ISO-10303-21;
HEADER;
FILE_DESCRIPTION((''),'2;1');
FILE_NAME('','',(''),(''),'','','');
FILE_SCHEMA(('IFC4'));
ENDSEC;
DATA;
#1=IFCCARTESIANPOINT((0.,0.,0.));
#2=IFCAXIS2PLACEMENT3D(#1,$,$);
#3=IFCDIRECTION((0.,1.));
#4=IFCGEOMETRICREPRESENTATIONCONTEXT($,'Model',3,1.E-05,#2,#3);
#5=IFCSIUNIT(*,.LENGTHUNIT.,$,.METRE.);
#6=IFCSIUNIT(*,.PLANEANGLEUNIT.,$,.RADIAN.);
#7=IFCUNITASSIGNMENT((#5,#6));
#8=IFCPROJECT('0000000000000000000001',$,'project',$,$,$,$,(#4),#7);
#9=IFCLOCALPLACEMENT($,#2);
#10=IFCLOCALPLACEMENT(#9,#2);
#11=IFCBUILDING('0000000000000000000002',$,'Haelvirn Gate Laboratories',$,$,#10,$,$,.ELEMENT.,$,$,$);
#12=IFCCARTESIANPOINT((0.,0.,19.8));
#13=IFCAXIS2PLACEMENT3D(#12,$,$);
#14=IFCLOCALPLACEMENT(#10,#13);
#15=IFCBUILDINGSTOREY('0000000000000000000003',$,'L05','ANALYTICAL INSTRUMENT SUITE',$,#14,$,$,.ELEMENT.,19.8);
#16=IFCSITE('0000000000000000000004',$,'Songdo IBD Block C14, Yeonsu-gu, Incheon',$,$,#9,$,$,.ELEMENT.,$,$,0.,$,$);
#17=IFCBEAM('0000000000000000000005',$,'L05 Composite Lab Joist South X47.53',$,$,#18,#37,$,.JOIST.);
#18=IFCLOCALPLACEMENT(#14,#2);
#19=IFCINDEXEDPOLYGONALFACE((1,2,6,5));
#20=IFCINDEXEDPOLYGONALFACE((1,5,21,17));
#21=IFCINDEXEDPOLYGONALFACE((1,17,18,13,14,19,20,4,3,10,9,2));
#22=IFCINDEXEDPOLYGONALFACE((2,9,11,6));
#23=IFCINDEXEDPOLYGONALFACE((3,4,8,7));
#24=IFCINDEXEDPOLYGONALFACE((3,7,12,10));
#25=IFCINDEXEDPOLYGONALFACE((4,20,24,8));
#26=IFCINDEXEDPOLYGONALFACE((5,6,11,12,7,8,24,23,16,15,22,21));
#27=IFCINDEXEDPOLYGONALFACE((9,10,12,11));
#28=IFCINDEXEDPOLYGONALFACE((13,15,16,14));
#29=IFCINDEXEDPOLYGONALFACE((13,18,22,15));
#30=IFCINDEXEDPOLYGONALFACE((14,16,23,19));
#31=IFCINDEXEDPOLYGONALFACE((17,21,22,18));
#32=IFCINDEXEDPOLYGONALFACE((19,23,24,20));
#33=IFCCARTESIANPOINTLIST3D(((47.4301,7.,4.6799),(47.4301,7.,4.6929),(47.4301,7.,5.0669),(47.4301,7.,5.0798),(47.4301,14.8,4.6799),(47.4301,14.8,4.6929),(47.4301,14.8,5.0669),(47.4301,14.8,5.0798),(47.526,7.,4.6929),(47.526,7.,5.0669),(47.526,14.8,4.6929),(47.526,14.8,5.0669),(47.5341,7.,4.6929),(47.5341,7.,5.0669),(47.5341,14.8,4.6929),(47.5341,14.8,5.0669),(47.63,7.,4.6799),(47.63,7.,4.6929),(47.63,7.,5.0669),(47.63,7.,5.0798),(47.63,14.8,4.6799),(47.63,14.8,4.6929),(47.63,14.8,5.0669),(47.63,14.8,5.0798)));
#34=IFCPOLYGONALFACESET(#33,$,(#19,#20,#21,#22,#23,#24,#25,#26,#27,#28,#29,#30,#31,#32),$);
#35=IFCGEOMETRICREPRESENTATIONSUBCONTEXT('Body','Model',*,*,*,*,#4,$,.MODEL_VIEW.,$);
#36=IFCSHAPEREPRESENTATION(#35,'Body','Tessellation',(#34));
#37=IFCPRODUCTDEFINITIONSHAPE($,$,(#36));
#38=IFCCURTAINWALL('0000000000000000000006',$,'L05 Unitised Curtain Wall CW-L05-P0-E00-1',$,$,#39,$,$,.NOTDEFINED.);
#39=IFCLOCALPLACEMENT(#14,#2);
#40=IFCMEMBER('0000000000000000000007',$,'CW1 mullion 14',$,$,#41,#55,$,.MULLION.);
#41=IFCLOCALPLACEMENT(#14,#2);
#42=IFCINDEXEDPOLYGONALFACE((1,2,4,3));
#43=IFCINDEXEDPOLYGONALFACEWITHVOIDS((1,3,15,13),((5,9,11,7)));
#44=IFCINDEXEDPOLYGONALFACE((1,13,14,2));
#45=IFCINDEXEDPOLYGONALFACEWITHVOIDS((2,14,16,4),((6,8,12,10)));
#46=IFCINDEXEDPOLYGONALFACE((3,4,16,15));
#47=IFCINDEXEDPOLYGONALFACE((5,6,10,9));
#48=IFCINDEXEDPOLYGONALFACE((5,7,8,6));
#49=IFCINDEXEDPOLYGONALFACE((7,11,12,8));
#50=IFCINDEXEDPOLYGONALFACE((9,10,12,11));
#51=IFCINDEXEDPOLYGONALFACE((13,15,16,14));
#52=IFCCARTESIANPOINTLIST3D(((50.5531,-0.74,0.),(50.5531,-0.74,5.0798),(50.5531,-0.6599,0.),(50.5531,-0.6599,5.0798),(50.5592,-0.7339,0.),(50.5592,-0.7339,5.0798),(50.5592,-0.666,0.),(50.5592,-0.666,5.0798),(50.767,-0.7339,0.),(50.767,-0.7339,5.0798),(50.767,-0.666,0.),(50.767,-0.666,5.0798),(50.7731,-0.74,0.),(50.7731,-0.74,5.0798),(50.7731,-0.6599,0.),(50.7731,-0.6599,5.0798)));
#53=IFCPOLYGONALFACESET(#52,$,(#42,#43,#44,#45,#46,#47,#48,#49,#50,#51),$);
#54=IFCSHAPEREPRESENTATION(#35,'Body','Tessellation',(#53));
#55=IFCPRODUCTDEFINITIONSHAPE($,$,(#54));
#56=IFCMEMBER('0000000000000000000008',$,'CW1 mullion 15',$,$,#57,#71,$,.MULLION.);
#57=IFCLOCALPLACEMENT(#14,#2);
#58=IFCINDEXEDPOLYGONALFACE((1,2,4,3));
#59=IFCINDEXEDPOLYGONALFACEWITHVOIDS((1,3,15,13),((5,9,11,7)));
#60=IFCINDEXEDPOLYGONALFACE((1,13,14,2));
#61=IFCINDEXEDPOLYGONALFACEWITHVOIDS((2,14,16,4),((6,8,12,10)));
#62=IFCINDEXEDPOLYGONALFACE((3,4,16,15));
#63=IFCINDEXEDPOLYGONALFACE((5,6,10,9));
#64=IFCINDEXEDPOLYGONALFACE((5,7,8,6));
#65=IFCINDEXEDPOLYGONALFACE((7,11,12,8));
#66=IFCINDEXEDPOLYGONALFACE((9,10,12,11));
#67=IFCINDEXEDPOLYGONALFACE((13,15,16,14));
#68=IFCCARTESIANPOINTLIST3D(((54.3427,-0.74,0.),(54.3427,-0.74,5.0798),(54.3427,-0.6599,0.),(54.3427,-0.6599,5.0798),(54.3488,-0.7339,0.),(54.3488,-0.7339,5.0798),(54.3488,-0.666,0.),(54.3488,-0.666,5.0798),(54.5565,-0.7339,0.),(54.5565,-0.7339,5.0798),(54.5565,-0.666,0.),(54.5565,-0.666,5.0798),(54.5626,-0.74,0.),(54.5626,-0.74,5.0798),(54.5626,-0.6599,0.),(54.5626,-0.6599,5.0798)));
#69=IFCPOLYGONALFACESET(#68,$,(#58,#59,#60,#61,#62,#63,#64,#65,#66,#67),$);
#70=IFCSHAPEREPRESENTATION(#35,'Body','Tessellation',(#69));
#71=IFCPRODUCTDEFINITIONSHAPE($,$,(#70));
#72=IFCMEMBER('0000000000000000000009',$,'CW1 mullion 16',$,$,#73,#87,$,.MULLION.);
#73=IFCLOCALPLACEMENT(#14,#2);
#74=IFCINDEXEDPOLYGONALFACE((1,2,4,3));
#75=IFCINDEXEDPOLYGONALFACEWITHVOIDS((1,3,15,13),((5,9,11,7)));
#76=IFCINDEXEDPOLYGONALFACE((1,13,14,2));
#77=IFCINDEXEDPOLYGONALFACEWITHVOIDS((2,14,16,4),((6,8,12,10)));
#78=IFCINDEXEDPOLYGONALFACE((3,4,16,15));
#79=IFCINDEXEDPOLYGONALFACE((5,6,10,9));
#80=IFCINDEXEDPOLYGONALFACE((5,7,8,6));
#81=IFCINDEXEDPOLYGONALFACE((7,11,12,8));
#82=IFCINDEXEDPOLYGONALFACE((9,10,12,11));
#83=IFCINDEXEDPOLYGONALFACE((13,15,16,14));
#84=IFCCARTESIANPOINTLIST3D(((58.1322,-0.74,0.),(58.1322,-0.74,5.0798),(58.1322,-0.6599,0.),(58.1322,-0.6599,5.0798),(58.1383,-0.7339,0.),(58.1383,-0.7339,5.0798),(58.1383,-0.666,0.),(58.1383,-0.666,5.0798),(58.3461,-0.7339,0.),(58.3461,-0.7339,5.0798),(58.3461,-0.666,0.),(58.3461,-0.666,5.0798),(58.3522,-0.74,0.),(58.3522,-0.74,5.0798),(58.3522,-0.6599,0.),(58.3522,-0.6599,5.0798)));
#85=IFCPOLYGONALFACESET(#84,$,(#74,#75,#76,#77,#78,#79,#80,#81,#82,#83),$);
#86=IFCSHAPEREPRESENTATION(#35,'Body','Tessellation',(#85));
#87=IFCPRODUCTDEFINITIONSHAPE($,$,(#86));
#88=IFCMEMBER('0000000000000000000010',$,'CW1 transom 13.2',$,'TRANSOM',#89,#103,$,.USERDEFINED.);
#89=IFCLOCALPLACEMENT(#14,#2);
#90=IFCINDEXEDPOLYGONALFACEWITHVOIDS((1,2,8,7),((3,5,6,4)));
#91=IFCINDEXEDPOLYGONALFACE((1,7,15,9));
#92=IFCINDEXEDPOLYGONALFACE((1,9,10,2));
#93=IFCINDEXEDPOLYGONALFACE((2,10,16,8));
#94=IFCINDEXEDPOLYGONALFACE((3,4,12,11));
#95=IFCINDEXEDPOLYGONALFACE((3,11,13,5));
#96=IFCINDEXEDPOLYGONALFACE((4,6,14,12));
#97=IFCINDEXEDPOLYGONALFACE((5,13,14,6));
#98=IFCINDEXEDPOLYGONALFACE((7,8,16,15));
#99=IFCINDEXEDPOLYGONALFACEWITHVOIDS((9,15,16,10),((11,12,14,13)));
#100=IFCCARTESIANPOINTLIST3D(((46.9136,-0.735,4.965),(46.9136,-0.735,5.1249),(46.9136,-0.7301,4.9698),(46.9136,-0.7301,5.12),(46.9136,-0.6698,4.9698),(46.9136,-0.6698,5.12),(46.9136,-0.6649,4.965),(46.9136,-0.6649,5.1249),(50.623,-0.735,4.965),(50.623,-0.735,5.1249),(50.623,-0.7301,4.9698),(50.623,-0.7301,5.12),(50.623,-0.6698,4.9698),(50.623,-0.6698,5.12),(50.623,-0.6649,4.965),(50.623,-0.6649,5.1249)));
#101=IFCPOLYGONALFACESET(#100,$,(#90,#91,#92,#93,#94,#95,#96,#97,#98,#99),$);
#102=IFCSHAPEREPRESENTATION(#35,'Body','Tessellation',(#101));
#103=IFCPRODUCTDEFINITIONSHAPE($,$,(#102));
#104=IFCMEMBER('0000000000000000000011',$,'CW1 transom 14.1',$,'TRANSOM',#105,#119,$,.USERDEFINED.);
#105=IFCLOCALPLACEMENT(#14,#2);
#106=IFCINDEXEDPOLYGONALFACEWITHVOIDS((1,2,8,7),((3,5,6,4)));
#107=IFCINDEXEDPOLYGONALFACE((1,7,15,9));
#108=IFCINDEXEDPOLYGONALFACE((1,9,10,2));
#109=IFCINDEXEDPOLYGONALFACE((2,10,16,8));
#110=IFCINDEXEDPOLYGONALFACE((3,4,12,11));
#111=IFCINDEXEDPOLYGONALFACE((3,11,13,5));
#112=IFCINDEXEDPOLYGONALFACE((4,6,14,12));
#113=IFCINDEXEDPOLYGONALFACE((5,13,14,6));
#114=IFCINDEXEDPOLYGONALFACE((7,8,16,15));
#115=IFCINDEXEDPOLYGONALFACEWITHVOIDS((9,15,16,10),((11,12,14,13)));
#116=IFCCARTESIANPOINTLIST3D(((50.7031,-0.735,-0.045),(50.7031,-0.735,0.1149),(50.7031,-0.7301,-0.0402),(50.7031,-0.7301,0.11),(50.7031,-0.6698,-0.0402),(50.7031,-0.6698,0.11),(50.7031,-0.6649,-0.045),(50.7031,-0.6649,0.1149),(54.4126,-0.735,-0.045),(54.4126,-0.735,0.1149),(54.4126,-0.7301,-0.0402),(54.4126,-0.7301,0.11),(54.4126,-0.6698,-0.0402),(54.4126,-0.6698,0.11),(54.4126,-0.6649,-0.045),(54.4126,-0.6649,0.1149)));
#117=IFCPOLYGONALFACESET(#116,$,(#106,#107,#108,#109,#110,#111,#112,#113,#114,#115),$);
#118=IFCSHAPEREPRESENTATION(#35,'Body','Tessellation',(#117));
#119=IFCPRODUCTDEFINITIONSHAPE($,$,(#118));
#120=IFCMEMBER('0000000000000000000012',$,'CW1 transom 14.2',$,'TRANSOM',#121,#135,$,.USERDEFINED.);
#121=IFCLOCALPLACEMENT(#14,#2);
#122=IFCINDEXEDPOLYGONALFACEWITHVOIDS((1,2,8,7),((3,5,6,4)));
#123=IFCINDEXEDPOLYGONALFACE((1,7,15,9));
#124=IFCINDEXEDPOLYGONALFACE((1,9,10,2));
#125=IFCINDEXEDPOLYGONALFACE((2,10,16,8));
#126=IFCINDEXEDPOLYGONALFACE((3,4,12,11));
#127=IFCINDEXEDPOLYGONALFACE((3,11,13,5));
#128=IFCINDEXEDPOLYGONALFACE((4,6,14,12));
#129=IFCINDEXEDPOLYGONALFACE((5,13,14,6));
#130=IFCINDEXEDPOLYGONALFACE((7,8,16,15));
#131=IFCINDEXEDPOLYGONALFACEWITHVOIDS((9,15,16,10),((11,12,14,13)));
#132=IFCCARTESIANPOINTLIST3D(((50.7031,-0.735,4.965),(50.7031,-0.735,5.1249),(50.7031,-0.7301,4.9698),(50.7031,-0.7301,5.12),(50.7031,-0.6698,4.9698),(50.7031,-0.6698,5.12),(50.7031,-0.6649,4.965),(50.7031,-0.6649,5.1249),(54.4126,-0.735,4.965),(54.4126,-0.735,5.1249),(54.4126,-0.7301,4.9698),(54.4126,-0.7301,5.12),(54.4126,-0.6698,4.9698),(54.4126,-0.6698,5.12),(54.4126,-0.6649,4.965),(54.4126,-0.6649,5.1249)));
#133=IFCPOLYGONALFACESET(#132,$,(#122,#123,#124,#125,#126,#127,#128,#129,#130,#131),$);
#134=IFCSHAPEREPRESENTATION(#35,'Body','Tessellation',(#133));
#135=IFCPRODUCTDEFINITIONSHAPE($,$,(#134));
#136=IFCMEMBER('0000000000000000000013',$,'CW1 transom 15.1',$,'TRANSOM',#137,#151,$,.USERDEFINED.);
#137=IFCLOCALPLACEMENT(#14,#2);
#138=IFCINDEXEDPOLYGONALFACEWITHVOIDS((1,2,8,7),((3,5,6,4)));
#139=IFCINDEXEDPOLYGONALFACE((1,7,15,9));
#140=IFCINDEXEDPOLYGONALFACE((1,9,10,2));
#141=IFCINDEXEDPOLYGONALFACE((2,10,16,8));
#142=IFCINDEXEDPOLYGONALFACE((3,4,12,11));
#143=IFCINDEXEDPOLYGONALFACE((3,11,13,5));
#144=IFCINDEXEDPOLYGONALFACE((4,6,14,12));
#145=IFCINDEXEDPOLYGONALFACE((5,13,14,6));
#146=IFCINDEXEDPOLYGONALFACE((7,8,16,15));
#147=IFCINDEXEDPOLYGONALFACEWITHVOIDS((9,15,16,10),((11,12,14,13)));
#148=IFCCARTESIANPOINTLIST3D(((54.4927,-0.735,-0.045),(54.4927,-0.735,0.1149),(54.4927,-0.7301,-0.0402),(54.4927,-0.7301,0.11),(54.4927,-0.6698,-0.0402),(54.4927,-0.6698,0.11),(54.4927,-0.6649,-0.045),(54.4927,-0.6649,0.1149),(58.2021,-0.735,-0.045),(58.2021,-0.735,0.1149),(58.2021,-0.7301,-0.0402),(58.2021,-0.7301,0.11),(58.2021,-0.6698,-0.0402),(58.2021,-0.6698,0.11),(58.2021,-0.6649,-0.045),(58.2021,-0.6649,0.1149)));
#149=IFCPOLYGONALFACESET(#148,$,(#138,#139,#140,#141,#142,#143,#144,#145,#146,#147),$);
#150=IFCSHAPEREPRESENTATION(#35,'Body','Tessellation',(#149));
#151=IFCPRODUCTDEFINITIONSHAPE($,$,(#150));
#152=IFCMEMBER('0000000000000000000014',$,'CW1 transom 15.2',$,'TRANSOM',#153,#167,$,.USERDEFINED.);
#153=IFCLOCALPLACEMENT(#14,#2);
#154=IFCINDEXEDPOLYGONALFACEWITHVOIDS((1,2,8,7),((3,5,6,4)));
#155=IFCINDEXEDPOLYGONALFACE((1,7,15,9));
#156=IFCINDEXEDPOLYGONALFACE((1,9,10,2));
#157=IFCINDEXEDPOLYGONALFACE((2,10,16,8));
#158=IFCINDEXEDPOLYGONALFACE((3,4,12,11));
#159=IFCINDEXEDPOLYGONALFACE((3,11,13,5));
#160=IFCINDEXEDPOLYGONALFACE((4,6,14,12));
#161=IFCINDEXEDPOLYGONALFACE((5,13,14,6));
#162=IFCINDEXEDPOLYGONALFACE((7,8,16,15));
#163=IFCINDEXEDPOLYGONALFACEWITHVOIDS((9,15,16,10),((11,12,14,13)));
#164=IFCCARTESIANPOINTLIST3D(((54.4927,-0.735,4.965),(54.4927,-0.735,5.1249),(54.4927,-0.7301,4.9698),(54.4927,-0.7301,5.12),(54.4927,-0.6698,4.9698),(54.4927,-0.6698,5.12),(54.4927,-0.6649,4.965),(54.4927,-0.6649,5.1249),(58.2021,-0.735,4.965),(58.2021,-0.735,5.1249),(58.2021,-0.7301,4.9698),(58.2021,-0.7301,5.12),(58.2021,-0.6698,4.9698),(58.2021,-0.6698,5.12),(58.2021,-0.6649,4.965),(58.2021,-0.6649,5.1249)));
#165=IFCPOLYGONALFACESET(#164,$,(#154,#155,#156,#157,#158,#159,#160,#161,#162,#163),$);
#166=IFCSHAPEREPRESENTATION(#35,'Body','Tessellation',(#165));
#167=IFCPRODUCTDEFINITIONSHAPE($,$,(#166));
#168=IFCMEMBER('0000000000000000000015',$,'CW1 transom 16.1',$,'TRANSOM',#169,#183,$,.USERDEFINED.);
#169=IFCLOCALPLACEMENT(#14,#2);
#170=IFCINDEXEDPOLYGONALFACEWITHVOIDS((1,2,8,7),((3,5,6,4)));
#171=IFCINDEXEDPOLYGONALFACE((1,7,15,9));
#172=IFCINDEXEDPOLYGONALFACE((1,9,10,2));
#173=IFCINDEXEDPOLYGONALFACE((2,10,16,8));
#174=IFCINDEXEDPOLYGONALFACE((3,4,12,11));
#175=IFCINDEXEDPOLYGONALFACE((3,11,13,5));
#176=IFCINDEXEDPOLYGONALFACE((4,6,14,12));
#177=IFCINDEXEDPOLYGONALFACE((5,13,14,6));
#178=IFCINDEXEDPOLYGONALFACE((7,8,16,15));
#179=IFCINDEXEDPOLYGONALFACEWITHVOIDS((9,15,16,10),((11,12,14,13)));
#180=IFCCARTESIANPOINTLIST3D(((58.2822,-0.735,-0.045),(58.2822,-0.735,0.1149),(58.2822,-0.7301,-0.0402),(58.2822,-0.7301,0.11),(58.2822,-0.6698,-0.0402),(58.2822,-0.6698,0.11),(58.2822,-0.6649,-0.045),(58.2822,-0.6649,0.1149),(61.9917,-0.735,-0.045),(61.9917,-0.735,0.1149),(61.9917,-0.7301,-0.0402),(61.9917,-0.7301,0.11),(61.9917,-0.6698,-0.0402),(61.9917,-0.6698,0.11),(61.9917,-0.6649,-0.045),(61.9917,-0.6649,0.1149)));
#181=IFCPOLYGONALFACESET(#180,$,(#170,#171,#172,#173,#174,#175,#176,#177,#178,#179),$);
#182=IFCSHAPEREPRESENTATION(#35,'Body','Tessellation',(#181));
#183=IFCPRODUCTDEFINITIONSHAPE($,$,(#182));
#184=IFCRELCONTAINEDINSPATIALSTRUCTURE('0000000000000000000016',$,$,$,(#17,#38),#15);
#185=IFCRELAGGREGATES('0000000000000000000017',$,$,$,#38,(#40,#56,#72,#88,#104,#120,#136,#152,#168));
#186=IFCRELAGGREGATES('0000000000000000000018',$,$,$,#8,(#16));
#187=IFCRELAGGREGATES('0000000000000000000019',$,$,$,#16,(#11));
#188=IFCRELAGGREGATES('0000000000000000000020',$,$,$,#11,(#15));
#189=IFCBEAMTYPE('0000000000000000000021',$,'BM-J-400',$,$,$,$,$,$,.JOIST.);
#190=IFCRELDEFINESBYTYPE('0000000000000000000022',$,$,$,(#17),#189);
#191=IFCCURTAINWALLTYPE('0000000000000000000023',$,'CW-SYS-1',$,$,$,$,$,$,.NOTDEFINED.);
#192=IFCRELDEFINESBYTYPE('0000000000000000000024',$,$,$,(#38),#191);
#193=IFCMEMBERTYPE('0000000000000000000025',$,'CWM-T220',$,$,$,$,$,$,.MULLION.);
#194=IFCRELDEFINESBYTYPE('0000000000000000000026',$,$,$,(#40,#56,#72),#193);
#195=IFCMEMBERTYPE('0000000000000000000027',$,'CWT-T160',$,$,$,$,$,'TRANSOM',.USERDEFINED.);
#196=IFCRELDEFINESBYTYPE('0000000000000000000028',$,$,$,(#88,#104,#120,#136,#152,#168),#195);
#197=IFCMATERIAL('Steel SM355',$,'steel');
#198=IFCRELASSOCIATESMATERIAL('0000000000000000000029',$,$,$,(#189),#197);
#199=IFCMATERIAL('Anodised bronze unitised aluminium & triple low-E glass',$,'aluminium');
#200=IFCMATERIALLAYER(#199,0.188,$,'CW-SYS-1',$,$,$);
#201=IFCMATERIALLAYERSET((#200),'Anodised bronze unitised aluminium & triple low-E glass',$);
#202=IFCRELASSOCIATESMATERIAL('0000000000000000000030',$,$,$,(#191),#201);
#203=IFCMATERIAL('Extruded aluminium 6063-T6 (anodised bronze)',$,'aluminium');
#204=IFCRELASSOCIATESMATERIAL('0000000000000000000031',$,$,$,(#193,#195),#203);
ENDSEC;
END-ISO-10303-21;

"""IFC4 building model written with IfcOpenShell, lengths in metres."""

from ifc_helpers import new_model, si_unit, direction, frame, origin, origin_2d, place, context, subcontext, project, spatial, hollow_rectangle, i_section, extrude, source, transform, mapped, material, layer, layer_set, material_profile, profile_set, type_object, type_shapes, element, aggregate, save


model = new_model("IFC4")

# Units and contexts
model_context = context("Model", 3, precision=1e-05, world=origin(), true_north=direction((0.0, 1.0)))
body_context = subcontext(model_context, "Body", "Model", "MODEL_VIEW")
ifc_project = project(units=[si_unit("LENGTHUNIT", "METRE"), si_unit("PLANEANGLEUNIT", "RADIAN")], contexts=[model_context])

# Site, building, storey
site_placement = place(None, origin())
site = spatial("IfcSite", under=ifc_project, at=site_placement, Name="Songdo IBD Block C14, Yeonsu-gu, Incheon", CompositionType="ELEMENT", RefElevation=0.0)
building_placement = place(site_placement, origin())
building = spatial("IfcBuilding", under=site, at=building_placement, Name="Haelvirn Gate Laboratories", CompositionType="ELEMENT")
storey_placement = place(building_placement, frame((0.0, 0.0, 19.8)))
storey = spatial("IfcBuildingStorey", under=building, at=storey_placement, Name="L05", Description="ANALYTICAL INSTRUMENT SUITE", CompositionType="ELEMENT", Elevation=19.8)

# Beam
ifc_material_1 = material(Name="Steel SM355", Category="steel")
ifc_material_profile_1 = material_profile(ifc_material_1, i_section(OverallWidth=0.2, OverallDepth=0.3999, WebThickness=0.0081, FlangeThickness=0.0129, at=origin_2d()), Name="H-400x200x8x13")
ifc_profile_set_1 = profile_set([ifc_material_profile_1], Name="Steel SM355")
beam_type = type_object("IfcBeamType", Name="BM-J-400", PredefinedType="JOIST", material=ifc_profile_set_1)
shared_shape_1 = source(origin(), body_context, "Body", "SweptSolid", [
    extrude(i_section(OverallWidth=0.2, OverallDepth=0.3999, WebThickness=0.0081, FlangeThickness=0.0129, at=origin_2d()), origin(), (0.0, 0.0, 1.0), 7.8),
])
type_shapes(beam_type, [shared_shape_1])
beam_placement = place(storey_placement, frame((47.53, 7.0, 4.8799), z_axis=(0.0, 1.0, 0.0), x_axis=(-1.0, 0.0, 0.0)))
element("IfcBeam", 1, at=beam_placement, inside=storey, type_object=beam_type, Name="L05 Composite Lab Joist South X47.53", PredefinedType="JOIST", context=body_context, shape_type="MappedRepresentation", body=[
    mapped(shared_shape_1, transform((0.0, 0.0, 0.0), scale=1.0)),
])

# Curtain wall, members
ifc_material_2 = material(Name="Anodised bronze unitised aluminium & triple low-E glass", Category="aluminium")
ifc_layer_1 = layer(ifc_material_2, 0.188, Name="CW-SYS-1")
ifc_layer_set_1 = layer_set([ifc_layer_1], Name="Anodised bronze unitised aluminium & triple low-E glass")
curtain_wall_type = type_object("IfcCurtainWallType", Name="CW-SYS-1", PredefinedType="NOTDEFINED", material=ifc_layer_set_1)
curtain_wall_placement = place(storey_placement, origin())
curtain_wall = element("IfcCurtainWall", 2, at=curtain_wall_placement, inside=storey, type_object=curtain_wall_type, Name="L05 Unitised Curtain Wall CW-L05-P0-E00-1", PredefinedType="NOTDEFINED")
ifc_material_3 = material(Name="Extruded aluminium 6063-T6 (anodised bronze)", Category="aluminium")
ifc_material_profile_2 = material_profile(ifc_material_3, hollow_rectangle(XDim=0.0801, YDim=0.22, WallThickness=0.0061, at=origin_2d()), Name="CWM-220x80x6")
ifc_profile_set_2 = profile_set([ifc_material_profile_2], Name="Extruded aluminium 6063-T6 (anodised bronze)")
member_type_1 = type_object("IfcMemberType", Name="CWM-T220", PredefinedType="MULLION", material=ifc_profile_set_2)
shared_shape_2 = source(origin(), body_context, "Body", "SweptSolid", [
    extrude(hollow_rectangle(XDim=0.0801, YDim=0.22, WallThickness=0.0061, at=origin_2d()), origin(), (0.0, 0.0, 1.0), 5.0798),
])
type_shapes(member_type_1, [shared_shape_2])
member_1_placement = place(storey_placement, frame((50.6631, -0.7, 0.0), z_axis=(0.0, 0.0, 1.0), x_axis=(0.0, 1.0, 0.0)))
member_1 = element("IfcMember", 3, at=member_1_placement, type_object=member_type_1, Name="CW1 mullion 14", PredefinedType="MULLION", context=body_context, shape_type="MappedRepresentation", body=[
    mapped(shared_shape_2, transform((0.0, 0.0, 0.0), scale=1.0)),
])
member_2_placement = place(storey_placement, frame((54.4526, -0.7, 0.0), z_axis=(0.0, 0.0, 1.0), x_axis=(0.0, 1.0, 0.0)))
member_2 = element("IfcMember", 4, at=member_2_placement, type_object=member_type_1, Name="CW1 mullion 15", PredefinedType="MULLION", context=body_context, shape_type="MappedRepresentation", body=[
    mapped(shared_shape_2, transform((0.0, 0.0, 0.0), scale=1.0)),
])
member_3_placement = place(storey_placement, frame((58.2422, -0.7, 0.0), z_axis=(0.0, 0.0, 1.0), x_axis=(0.0, 1.0, 0.0)))
member_3 = element("IfcMember", 5, at=member_3_placement, type_object=member_type_1, Name="CW1 mullion 16", PredefinedType="MULLION", context=body_context, shape_type="MappedRepresentation", body=[
    mapped(shared_shape_2, transform((0.0, 0.0, 0.0), scale=1.0)),
])
ifc_material_profile_3 = material_profile(ifc_material_3, hollow_rectangle(XDim=0.0701, YDim=0.1599, WallThickness=0.0049, at=origin_2d()), Name="CWT-160x70x5")
ifc_profile_set_3 = profile_set([ifc_material_profile_3], Name="Extruded aluminium 6063-T6 (anodised bronze)")
member_type_2 = type_object("IfcMemberType", Name="CWT-T160", ElementType="TRANSOM", PredefinedType="USERDEFINED", material=ifc_profile_set_3)
shared_shape_3 = source(origin(), body_context, "Body", "SweptSolid", [
    extrude(hollow_rectangle(XDim=0.0701, YDim=0.1599, WallThickness=0.0049, at=origin_2d()), origin(), (0.0, 0.0, 1.0), 3.7095),
])
type_shapes(member_type_2, [shared_shape_3])
member_4_placement = place(storey_placement, frame((46.9136, -0.7, 5.0449), z_axis=(1.0, 0.0, 0.0), x_axis=(0.0, 1.0, 0.0)))
member_4 = element("IfcMember", 6, at=member_4_placement, type_object=member_type_2, Name="CW1 transom 13.2", ObjectType="TRANSOM", PredefinedType="USERDEFINED", context=body_context, shape_type="MappedRepresentation", body=[
    mapped(shared_shape_3, transform((0.0, 0.0, 0.0), scale=1.0)),
])
member_5_placement = place(storey_placement, frame((50.7031, -0.7, 0.0349), z_axis=(1.0, 0.0, 0.0), x_axis=(0.0, 1.0, 0.0)))
member_5 = element("IfcMember", 7, at=member_5_placement, type_object=member_type_2, Name="CW1 transom 14.1", ObjectType="TRANSOM", PredefinedType="USERDEFINED", context=body_context, shape_type="MappedRepresentation", body=[
    mapped(shared_shape_3, transform((0.0, 0.0, 0.0), scale=1.0)),
])
member_6_placement = place(storey_placement, frame((50.7031, -0.7, 5.0449), z_axis=(1.0, 0.0, 0.0), x_axis=(0.0, 1.0, 0.0)))
member_6 = element("IfcMember", 8, at=member_6_placement, type_object=member_type_2, Name="CW1 transom 14.2", ObjectType="TRANSOM", PredefinedType="USERDEFINED", context=body_context, shape_type="MappedRepresentation", body=[
    mapped(shared_shape_3, transform((0.0, 0.0, 0.0), scale=1.0)),
])
member_7_placement = place(storey_placement, frame((54.4927, -0.7, 0.0349), z_axis=(1.0, 0.0, 0.0), x_axis=(0.0, 1.0, 0.0)))
member_7 = element("IfcMember", 9, at=member_7_placement, type_object=member_type_2, Name="CW1 transom 15.1", ObjectType="TRANSOM", PredefinedType="USERDEFINED", context=body_context, shape_type="MappedRepresentation", body=[
    mapped(shared_shape_3, transform((0.0, 0.0, 0.0), scale=1.0)),
])
member_8_placement = place(storey_placement, frame((54.4927, -0.7, 5.0449), z_axis=(1.0, 0.0, 0.0), x_axis=(0.0, 1.0, 0.0)))
member_8 = element("IfcMember", 10, at=member_8_placement, type_object=member_type_2, Name="CW1 transom 15.2", ObjectType="TRANSOM", PredefinedType="USERDEFINED", context=body_context, shape_type="MappedRepresentation", body=[
    mapped(shared_shape_3, transform((0.0, 0.0, 0.0), scale=1.0)),
])
member_9_placement = place(storey_placement, frame((58.2822, -0.7, 0.0349), z_axis=(1.0, 0.0, 0.0), x_axis=(0.0, 1.0, 0.0)))
member_9 = element("IfcMember", 11, at=member_9_placement, type_object=member_type_2, Name="CW1 transom 16.1", ObjectType="TRANSOM", PredefinedType="USERDEFINED", context=body_context, shape_type="MappedRepresentation", body=[
    mapped(shared_shape_3, transform((0.0, 0.0, 0.0), scale=1.0)),
])
aggregate(curtain_wall, [member_1, member_2, member_3, member_4, member_5, member_6, member_7, member_8, member_9])

save(model, "model.ifc")
